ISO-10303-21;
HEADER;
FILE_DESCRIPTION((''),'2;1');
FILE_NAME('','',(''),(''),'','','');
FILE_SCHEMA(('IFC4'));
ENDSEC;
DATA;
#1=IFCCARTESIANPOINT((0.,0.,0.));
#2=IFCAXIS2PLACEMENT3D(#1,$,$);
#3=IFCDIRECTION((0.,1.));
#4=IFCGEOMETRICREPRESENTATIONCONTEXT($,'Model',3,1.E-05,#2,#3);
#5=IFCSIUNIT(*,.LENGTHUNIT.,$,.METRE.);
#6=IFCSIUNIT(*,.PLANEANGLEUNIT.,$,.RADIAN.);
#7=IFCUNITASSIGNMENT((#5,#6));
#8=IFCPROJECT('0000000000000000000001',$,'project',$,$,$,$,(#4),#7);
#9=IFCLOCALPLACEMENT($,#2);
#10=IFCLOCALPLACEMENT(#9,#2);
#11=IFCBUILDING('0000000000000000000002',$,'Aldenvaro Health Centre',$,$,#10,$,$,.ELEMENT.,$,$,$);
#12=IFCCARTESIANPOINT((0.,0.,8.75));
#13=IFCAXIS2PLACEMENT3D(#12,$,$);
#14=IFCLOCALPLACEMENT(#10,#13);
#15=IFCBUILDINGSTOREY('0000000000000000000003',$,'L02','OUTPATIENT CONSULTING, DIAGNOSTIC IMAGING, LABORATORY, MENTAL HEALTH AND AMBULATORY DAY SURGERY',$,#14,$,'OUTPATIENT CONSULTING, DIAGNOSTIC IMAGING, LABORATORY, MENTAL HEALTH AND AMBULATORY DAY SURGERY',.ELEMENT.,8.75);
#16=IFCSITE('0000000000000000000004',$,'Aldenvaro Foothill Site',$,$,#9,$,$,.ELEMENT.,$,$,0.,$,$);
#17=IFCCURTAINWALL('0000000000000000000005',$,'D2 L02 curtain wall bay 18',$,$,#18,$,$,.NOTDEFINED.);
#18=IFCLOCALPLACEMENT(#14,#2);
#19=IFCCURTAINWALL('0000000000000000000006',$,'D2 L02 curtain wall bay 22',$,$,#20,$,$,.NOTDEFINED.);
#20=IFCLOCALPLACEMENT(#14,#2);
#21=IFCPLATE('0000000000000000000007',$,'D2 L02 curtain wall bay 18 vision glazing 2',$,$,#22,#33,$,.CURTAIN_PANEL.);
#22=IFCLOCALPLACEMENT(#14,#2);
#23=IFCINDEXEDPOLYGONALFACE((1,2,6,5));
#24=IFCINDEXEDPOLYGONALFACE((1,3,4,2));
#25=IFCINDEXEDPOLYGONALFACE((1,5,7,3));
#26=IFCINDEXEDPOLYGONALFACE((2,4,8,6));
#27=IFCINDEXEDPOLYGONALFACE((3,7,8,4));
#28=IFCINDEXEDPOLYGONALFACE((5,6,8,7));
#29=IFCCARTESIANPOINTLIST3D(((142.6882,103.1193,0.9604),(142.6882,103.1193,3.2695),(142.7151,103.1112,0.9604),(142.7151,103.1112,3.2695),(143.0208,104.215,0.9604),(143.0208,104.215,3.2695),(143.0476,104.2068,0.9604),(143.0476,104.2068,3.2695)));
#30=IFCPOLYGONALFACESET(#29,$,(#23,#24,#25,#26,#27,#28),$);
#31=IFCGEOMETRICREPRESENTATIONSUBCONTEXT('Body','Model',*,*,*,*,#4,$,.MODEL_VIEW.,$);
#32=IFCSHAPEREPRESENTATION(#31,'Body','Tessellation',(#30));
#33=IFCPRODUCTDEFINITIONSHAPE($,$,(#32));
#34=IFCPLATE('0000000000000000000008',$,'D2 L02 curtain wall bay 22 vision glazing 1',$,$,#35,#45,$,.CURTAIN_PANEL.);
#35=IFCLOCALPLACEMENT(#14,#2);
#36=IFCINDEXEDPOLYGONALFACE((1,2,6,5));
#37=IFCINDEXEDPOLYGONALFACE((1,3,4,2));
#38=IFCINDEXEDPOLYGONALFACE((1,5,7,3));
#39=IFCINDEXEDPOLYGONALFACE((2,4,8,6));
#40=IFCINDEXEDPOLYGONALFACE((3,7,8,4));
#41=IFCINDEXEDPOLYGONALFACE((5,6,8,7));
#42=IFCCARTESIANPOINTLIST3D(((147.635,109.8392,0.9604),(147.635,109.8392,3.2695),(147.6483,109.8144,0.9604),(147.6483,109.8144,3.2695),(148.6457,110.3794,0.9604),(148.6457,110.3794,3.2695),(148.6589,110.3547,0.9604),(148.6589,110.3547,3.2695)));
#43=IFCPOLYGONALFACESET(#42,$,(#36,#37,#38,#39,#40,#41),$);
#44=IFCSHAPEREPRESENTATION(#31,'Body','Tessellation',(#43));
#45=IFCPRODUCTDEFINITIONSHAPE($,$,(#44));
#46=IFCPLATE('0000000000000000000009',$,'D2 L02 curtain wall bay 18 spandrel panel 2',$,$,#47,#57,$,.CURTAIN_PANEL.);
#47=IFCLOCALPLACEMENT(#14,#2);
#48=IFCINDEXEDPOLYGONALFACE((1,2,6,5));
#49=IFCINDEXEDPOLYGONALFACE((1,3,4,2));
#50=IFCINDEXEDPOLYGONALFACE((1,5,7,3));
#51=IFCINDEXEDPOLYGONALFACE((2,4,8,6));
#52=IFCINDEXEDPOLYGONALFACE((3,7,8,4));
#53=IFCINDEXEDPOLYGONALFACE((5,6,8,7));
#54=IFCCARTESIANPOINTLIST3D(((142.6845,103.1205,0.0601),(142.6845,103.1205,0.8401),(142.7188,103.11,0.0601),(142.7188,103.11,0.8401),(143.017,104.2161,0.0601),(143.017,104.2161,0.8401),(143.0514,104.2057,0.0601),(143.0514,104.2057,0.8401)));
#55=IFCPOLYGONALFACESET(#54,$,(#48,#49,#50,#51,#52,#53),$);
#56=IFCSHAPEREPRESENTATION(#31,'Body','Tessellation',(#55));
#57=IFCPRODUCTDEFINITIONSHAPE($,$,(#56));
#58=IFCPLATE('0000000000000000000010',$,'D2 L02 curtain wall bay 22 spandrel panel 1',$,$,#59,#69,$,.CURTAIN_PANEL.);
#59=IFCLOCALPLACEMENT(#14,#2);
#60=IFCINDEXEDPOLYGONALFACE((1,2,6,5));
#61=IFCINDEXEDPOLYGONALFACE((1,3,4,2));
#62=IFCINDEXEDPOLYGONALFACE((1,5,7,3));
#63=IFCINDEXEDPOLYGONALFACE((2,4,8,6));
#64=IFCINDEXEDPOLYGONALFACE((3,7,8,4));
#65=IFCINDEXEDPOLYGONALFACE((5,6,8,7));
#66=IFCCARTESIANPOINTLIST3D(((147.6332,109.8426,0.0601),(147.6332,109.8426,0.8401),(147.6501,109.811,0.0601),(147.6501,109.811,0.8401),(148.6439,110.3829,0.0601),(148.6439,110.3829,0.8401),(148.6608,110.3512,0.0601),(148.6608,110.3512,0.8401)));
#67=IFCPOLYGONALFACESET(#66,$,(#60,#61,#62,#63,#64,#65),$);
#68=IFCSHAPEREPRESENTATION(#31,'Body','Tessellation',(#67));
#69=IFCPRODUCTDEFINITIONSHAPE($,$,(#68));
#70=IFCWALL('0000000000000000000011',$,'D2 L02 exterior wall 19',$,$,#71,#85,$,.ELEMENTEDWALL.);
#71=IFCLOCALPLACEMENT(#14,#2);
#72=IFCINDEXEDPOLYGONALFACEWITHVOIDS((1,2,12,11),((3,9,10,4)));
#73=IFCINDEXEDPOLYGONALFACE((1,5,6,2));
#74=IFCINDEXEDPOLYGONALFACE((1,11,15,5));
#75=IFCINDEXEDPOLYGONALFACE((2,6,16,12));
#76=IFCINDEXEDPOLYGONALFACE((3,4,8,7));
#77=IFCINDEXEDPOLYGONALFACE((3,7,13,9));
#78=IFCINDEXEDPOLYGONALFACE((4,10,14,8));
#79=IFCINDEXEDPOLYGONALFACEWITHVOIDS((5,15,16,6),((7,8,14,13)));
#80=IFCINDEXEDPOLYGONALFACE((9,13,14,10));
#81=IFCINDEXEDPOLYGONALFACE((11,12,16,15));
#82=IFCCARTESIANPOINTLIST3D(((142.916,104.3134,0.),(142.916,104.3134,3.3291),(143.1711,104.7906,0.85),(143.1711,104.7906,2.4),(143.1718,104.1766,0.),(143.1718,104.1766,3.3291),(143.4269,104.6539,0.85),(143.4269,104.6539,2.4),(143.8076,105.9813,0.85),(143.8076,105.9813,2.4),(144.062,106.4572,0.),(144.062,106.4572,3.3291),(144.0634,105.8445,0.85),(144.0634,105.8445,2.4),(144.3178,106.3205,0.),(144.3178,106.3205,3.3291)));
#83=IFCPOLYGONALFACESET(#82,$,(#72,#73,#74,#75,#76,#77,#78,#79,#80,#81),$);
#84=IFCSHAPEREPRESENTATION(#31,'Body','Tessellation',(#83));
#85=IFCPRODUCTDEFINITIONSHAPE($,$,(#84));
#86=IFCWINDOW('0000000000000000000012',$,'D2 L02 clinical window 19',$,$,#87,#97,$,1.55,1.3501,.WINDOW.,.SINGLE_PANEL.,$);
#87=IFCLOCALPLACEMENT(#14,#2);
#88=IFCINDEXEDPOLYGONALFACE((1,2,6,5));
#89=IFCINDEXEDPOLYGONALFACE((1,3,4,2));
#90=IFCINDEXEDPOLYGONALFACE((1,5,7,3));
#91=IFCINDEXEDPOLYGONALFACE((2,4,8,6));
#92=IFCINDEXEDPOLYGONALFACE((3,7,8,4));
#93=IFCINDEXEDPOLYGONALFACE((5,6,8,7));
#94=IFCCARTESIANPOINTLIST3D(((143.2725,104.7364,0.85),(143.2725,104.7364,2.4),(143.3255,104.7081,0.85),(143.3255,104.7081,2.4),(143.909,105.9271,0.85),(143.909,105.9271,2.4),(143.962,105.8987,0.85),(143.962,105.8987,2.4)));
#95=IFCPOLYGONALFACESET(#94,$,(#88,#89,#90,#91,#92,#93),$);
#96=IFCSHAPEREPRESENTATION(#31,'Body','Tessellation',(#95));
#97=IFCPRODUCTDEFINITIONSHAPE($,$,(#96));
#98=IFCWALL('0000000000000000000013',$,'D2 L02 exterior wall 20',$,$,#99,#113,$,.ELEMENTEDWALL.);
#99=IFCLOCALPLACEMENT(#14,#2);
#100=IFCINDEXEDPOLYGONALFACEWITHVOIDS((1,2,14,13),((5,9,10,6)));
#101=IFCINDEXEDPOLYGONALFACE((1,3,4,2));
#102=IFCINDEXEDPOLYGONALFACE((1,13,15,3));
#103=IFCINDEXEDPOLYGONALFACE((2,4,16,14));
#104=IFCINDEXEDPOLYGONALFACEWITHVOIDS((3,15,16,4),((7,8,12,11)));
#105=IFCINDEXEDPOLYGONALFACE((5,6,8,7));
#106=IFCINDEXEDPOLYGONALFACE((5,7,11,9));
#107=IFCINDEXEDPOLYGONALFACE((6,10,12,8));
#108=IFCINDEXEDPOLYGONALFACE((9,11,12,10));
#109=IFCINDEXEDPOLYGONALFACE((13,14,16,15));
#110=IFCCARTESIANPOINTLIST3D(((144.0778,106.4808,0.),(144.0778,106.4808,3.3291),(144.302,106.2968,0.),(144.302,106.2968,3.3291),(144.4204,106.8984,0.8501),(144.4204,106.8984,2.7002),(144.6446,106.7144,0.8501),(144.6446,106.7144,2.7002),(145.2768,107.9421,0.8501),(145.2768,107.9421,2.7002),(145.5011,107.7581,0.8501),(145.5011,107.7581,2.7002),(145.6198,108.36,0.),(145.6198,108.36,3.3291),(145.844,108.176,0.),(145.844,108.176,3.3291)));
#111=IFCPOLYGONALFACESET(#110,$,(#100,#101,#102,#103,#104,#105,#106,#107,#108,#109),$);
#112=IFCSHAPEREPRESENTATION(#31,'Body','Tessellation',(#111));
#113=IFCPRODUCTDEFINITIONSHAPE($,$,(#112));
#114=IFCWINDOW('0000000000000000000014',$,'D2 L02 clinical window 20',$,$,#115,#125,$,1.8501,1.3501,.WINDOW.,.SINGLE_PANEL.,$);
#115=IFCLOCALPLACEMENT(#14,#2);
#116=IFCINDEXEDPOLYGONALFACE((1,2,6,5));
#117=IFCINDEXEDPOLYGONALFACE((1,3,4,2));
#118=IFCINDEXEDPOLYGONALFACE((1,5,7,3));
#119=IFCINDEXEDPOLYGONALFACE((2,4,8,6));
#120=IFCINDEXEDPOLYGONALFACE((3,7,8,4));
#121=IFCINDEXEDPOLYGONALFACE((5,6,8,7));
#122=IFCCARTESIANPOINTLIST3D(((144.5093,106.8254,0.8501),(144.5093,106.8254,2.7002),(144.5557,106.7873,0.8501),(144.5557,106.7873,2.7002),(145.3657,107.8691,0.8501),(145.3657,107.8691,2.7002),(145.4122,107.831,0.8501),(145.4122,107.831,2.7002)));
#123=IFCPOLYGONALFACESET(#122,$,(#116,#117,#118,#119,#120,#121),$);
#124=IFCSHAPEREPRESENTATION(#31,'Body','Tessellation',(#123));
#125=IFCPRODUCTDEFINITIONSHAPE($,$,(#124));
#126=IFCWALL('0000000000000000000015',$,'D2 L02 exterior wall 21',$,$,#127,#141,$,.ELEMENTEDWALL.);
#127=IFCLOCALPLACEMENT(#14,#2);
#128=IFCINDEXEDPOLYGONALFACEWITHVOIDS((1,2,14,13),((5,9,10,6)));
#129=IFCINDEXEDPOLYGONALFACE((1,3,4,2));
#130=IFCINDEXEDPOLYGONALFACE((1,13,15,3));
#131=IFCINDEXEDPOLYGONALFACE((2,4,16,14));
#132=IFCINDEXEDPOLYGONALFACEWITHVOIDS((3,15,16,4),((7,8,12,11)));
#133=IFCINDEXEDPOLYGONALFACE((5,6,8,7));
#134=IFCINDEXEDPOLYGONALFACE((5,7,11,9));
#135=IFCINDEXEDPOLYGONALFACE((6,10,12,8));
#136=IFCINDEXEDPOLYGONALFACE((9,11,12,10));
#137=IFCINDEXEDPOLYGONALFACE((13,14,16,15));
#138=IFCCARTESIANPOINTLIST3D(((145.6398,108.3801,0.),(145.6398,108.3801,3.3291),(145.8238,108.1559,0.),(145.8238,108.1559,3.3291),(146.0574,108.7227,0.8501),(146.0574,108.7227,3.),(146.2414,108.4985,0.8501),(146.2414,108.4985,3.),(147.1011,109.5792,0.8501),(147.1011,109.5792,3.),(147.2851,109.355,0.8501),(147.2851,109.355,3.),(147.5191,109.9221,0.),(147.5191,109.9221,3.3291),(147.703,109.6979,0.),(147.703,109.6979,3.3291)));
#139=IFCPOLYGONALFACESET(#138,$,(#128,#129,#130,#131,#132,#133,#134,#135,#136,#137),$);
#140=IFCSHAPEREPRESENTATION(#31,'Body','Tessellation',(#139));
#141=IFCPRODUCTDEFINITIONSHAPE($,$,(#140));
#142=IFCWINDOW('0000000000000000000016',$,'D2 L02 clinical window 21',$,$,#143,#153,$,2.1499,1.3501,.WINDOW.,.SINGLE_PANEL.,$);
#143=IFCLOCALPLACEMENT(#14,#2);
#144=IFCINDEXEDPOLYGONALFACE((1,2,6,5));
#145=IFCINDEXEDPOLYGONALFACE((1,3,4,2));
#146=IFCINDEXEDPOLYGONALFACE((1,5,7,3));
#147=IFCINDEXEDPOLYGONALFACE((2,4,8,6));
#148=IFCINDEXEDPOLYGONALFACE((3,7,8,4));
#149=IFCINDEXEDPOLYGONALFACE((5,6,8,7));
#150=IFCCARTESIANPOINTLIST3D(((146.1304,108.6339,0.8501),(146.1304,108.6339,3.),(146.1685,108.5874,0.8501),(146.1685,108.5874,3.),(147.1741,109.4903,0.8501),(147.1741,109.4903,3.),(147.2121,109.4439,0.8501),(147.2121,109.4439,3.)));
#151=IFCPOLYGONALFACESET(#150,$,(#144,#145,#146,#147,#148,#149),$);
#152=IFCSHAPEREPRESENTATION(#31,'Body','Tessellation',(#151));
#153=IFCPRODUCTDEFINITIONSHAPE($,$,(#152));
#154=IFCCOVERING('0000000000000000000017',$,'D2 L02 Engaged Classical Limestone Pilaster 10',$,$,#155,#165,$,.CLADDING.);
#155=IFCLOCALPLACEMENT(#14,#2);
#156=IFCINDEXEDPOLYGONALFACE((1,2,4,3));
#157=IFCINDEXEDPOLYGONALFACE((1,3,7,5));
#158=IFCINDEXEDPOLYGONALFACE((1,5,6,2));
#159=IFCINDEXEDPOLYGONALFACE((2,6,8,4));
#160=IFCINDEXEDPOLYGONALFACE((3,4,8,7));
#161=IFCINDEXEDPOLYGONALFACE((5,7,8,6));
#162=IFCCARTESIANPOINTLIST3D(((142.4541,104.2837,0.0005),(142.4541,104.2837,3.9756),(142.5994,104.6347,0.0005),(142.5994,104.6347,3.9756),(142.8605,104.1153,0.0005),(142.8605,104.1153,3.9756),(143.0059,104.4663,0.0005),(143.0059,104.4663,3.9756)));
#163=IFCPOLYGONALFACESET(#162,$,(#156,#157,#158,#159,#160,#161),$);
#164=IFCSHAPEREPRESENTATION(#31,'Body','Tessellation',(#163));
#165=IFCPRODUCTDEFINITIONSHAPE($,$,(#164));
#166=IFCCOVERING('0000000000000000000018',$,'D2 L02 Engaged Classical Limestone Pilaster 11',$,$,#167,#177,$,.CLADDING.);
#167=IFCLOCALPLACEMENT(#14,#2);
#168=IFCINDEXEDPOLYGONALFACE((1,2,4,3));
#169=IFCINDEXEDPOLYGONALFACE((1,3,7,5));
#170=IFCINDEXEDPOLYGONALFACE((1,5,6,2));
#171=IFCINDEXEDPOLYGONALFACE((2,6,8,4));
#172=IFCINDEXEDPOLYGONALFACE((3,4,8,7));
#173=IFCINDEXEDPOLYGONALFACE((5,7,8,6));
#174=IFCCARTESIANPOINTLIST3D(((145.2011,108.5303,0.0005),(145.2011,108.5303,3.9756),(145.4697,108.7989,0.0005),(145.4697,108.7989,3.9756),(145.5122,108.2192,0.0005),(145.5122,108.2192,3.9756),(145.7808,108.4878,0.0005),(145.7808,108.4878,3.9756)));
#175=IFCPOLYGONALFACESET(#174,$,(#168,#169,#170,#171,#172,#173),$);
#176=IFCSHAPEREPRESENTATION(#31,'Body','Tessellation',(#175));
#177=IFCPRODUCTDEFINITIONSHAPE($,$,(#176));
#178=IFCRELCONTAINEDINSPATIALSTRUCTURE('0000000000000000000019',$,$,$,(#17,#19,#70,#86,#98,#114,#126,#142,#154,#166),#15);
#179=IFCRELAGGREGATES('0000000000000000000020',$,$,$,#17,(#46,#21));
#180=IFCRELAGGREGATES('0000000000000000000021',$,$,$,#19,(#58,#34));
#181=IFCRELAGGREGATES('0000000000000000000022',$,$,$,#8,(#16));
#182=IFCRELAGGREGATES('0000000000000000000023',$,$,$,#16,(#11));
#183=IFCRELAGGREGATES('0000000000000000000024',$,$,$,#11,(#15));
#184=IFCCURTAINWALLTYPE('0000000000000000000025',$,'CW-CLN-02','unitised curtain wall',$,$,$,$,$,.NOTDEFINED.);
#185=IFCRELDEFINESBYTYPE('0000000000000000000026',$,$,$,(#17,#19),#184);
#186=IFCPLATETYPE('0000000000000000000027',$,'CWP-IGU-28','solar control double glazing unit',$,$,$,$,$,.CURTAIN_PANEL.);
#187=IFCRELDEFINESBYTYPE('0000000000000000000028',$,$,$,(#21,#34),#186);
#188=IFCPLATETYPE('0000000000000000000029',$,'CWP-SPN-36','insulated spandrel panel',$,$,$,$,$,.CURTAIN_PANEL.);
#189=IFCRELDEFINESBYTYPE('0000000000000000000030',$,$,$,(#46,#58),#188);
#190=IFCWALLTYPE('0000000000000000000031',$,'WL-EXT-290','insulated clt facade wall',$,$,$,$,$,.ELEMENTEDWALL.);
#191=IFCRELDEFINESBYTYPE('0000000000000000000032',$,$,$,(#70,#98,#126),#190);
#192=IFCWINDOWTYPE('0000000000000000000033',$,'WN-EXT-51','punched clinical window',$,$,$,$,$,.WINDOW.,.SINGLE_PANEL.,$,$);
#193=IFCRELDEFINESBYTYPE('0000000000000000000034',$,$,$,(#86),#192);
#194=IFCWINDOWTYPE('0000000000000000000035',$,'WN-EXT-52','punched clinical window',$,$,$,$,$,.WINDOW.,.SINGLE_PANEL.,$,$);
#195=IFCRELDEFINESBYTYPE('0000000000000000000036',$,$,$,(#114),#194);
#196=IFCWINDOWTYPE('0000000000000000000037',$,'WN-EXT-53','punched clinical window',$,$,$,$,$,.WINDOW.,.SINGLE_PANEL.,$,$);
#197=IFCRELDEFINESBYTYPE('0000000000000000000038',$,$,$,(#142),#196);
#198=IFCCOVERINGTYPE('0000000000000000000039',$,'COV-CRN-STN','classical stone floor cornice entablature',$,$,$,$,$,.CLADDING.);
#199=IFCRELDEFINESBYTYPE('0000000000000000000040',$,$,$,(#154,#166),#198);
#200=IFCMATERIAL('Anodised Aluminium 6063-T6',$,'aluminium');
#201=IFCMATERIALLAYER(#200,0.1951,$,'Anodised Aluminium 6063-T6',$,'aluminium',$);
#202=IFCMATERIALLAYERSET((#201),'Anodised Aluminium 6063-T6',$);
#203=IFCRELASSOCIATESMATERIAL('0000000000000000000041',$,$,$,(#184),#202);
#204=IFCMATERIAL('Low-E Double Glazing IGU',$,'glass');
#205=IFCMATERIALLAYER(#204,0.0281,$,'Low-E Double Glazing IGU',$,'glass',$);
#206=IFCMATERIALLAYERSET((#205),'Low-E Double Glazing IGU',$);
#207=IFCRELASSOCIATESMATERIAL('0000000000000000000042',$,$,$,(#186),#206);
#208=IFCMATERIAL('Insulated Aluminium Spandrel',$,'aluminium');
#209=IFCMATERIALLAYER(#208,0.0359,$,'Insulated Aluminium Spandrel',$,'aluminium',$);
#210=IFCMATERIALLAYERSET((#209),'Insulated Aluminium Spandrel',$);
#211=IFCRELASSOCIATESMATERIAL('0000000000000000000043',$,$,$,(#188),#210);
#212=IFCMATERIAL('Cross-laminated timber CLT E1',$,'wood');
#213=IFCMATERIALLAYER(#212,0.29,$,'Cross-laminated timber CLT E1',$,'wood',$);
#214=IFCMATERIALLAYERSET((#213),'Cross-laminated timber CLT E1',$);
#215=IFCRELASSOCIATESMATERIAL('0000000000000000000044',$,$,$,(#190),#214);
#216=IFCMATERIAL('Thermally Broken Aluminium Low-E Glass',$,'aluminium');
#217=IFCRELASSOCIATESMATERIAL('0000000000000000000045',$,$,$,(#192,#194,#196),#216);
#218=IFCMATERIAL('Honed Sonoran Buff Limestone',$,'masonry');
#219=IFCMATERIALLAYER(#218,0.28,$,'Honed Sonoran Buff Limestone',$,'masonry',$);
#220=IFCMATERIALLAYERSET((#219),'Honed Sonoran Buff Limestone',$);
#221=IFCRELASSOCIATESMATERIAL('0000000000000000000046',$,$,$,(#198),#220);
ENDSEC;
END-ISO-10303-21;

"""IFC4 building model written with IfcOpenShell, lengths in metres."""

from ifc_helpers import new_model, si_unit, direction, frame, frame_2d, origin, origin_2d, place, context, subcontext, project, spatial, rectangle, extrude, material, layer, layer_set, type_object, element, fill, aggregate, save


model = new_model("IFC4")

# Units and contexts
model_context = context("Model", 3, precision=1e-05, world=origin(), true_north=direction((0.0, 1.0)))
body_context = subcontext(model_context, "Body", "Model", "MODEL_VIEW")
ifc_project = project(units=[si_unit("LENGTHUNIT", "METRE"), si_unit("PLANEANGLEUNIT", "RADIAN")], contexts=[model_context])

# Site, building, storey
site_placement = place(None, origin())
site = spatial("IfcSite", under=ifc_project, at=site_placement, Name="Aldenvaro Foothill Site", CompositionType="ELEMENT", RefElevation=0.0)
building_placement = place(site_placement, origin())
building = spatial("IfcBuilding", under=site, at=building_placement, Name="Aldenvaro Health Centre", CompositionType="ELEMENT")
storey_placement = place(building_placement, frame((0.0, 0.0, 8.75)))
storey = spatial("IfcBuildingStorey", under=building, at=storey_placement, Name="L02", Description="OUTPATIENT CONSULTING, DIAGNOSTIC IMAGING, LABORATORY, MENTAL HEALTH AND AMBULATORY DAY SURGERY", LongName="OUTPATIENT CONSULTING, DIAGNOSTIC IMAGING, LABORATORY, MENTAL HEALTH AND AMBULATORY DAY SURGERY", CompositionType="ELEMENT", Elevation=8.75)

# Curtain walls
ifc_material_1 = material(Name="Anodised Aluminium 6063-T6", Category="aluminium")
ifc_layer_1 = layer(ifc_material_1, 0.1951, Name="Anodised Aluminium 6063-T6", Category="aluminium")
ifc_layer_set_1 = layer_set([ifc_layer_1], Name="Anodised Aluminium 6063-T6")
curtain_wall_type = type_object("IfcCurtainWallType", Name="CW-CLN-02", Description="unitised curtain wall", PredefinedType="NOTDEFINED", material=ifc_layer_set_1)
curtain_wall_1_placement = place(storey_placement, origin())
curtain_wall_1 = element("IfcCurtainWall", 1, at=curtain_wall_1_placement, inside=storey, type_object=curtain_wall_type, Name="D2 L02 curtain wall bay 18", PredefinedType="NOTDEFINED")
curtain_wall_2_placement = place(storey_placement, origin())
curtain_wall_2 = element("IfcCurtainWall", 2, at=curtain_wall_2_placement, inside=storey, type_object=curtain_wall_type, Name="D2 L02 curtain wall bay 22", PredefinedType="NOTDEFINED")

# Plates
ifc_material_2 = material(Name="Low-E Double Glazing IGU", Category="glass")
ifc_layer_2 = layer(ifc_material_2, 0.0281, Name="Low-E Double Glazing IGU", Category="glass")
ifc_layer_set_2 = layer_set([ifc_layer_2], Name="Low-E Double Glazing IGU")
plate_type_1 = type_object("IfcPlateType", Name="CWP-IGU-28", Description="solar control double glazing unit", PredefinedType="CURTAIN_PANEL", material=ifc_layer_set_2)
plate_1_placement = place(storey_placement, frame((142.8679, 103.6631, 0.9604), z_axis=(0.0, 0.0, 1.0), x_axis=(0.290441, 0.956893, 0.0)))
plate_1 = element("IfcPlate", 3, at=plate_1_placement, type_object=plate_type_1, Name="D2 L02 curtain wall bay 18 vision glazing 2", PredefinedType="CURTAIN_PANEL", context=body_context, shape_type="SweptSolid", body=[
    extrude(rectangle(XDim=1.145, YDim=0.0281, at=origin_2d()), origin(), (0.0, 0.0, 1.0), 2.3091),
])
plate_2_placement = place(storey_placement, frame((148.147, 110.0969, 0.9604), z_axis=(0.0, 0.0, 1.0), x_axis=(0.88192, 0.471399, 0.0)))
plate_2 = element("IfcPlate", 4, at=plate_2_placement, type_object=plate_type_1, Name="D2 L02 curtain wall bay 22 vision glazing 1", PredefinedType="CURTAIN_PANEL", context=body_context, shape_type="SweptSolid", body=[
    extrude(rectangle(XDim=1.146, YDim=0.0281, at=origin_2d()), origin(), (0.0, 0.0, 1.0), 2.3091),
])
ifc_material_3 = material(Name="Insulated Aluminium Spandrel", Category="aluminium")
ifc_layer_3 = layer(ifc_material_3, 0.0359, Name="Insulated Aluminium Spandrel", Category="aluminium")
ifc_layer_set_3 = layer_set([ifc_layer_3], Name="Insulated Aluminium Spandrel")
plate_type_2 = type_object("IfcPlateType", Name="CWP-SPN-36", Description="insulated spandrel panel", PredefinedType="CURTAIN_PANEL", material=ifc_layer_set_3)
plate_3_placement = place(storey_placement, frame((142.8679, 103.6631, 0.0601), z_axis=(0.0, 0.0, 1.0), x_axis=(0.290441, 0.956893, 0.0)))
plate_3 = element("IfcPlate", 5, at=plate_3_placement, type_object=plate_type_2, Name="D2 L02 curtain wall bay 18 spandrel panel 2", PredefinedType="CURTAIN_PANEL", context=body_context, shape_type="SweptSolid", body=[
    extrude(rectangle(XDim=1.145, YDim=0.0359, at=origin_2d()), origin(), (0.0, 0.0, 1.0), 0.78),
])
aggregate(curtain_wall_1, [plate_3, plate_1])
plate_4_placement = place(storey_placement, frame((148.147, 110.0969, 0.0601), z_axis=(0.0, 0.0, 1.0), x_axis=(0.88192, 0.471399, 0.0)))
plate_4 = element("IfcPlate", 6, at=plate_4_placement, type_object=plate_type_2, Name="D2 L02 curtain wall bay 22 spandrel panel 1", PredefinedType="CURTAIN_PANEL", context=body_context, shape_type="SweptSolid", body=[
    extrude(rectangle(XDim=1.146, YDim=0.0359, at=origin_2d()), origin(), (0.0, 0.0, 1.0), 0.78),
])
aggregate(curtain_wall_2, [plate_4, plate_2])

# Walls, openings, windows
ifc_material_4 = material(Name="Cross-laminated timber CLT E1", Category="wood")
ifc_layer_4 = layer(ifc_material_4, 0.29, Name="Cross-laminated timber CLT E1", Category="wood")
ifc_layer_set_4 = layer_set([ifc_layer_4], Name="Cross-laminated timber CLT E1")
wall_type = type_object("IfcWallType", Name="WL-EXT-290", Description="insulated clt facade wall", PredefinedType="ELEMENTEDWALL", material=ifc_layer_set_4)
wall_1_placement = place(storey_placement, frame((143.0439, 104.2451, 0.0), z_axis=(0.0, 0.0, 1.0), x_axis=(0.471432, 0.881902, 0.0)))
wall_1 = element("IfcWall", 7, at=wall_1_placement, inside=storey, type_object=wall_type, Name="D2 L02 exterior wall 19", PredefinedType="ELEMENTEDWALL", context=body_context, shape_type="SweptSolid", body=[
    extrude(rectangle(XDim=2.4309, YDim=0.29, at=frame_2d((1.2153, 0.0))), origin(), (0.0, 0.0, 1.0), 3.3291),
])
opening_1_placement = place(wall_1_placement, frame((0.541, 0.0, 0.8501)))
opening_1 = element("IfcOpeningElement", 8, at=opening_1_placement, cuts=wall_1, PredefinedType="OPENING", context=body_context, shape_type="SweptSolid", body=[
    extrude(rectangle(XDim=1.3501, YDim=1.55, at=frame_2d((0.675, 0.7749))), frame((0.0, 0.155, 0.0), z_axis=(0.0, -1.0, 0.0), x_axis=(1.0, 0.0, 0.0)), (0.0, 0.0, 1.0), 0.3101),
])
ifc_material_5 = material(Name="Thermally Broken Aluminium Low-E Glass", Category="aluminium")
window_type_1 = type_object("IfcWindowType", Name="WN-EXT-51", Description="punched clinical window", PartitioningType="SINGLE_PANEL", PredefinedType="WINDOW", material=ifc_material_5)
window_1_placement = place(opening_1_placement, origin())
window_1 = element("IfcWindow", 9, at=window_1_placement, inside=storey, type_object=window_type_1, Name="D2 L02 clinical window 19", OverallHeight=1.55, OverallWidth=1.3501, PartitioningType="SINGLE_PANEL", PredefinedType="WINDOW", context=body_context, shape_type="SweptSolid", body=[
    extrude(rectangle(XDim=1.3501, YDim=1.55, at=frame_2d((0.675, 0.7749))), frame((0.0, 0.03, 0.0), z_axis=(0.0, -1.0, 0.0), x_axis=(1.0, 0.0, 0.0)), (0.0, 0.0, 1.0), 0.0601),
])
fill(opening_1, window_1)
wall_2_placement = place(storey_placement, frame((144.1899, 106.3889, 0.0), z_axis=(0.0, 0.0, 1.0), x_axis=(0.634347, 0.773048, 0.0)))
wall_2 = element("IfcWall", 10, at=wall_2_placement, inside=storey, type_object=wall_type, Name="D2 L02 exterior wall 20", PredefinedType="ELEMENTEDWALL", context=body_context, shape_type="SweptSolid", body=[
    extrude(rectangle(XDim=2.4309, YDim=0.29, at=frame_2d((1.2153, 0.0))), origin(), (0.0, 0.0, 1.0), 3.3291),
])
opening_2_placement = place(wall_2_placement, frame((0.54, 0.0, 0.8501)))
opening_2 = element("IfcOpeningElement", 11, at=opening_2_placement, cuts=wall_2, PredefinedType="OPENING", context=body_context, shape_type="SweptSolid", body=[
    extrude(rectangle(XDim=1.3501, YDim=1.8501, at=frame_2d((0.675, 0.925))), frame((0.0, 0.155, 0.0), z_axis=(0.0, -1.0, 0.0), x_axis=(1.0, 0.0, 0.0)), (0.0, 0.0, 1.0), 0.3101),
])
window_type_2 = type_object("IfcWindowType", Name="WN-EXT-52", Description="punched clinical window", PartitioningType="SINGLE_PANEL", PredefinedType="WINDOW", material=ifc_material_5)
window_2_placement = place(opening_2_placement, origin())
window_2 = element("IfcWindow", 12, at=window_2_placement, inside=storey, type_object=window_type_2, Name="D2 L02 clinical window 20", OverallHeight=1.8501, OverallWidth=1.3501, PartitioningType="SINGLE_PANEL", PredefinedType="WINDOW", context=body_context, shape_type="SweptSolid", body=[
    extrude(rectangle(XDim=1.3501, YDim=1.8501, at=frame_2d((0.675, 0.925))), frame((0.0, 0.03, 0.0), z_axis=(0.0, -1.0, 0.0), x_axis=(1.0, 0.0, 0.0)), (0.0, 0.0, 1.0), 0.0601),
])
fill(opening_2, window_2)
wall_3_placement = place(storey_placement, frame((145.7319, 108.2681, 0.0), z_axis=(0.0, 0.0, 1.0), x_axis=(0.773048, 0.634347, 0.0)))
wall_3 = element("IfcWall", 13, at=wall_3_placement, inside=storey, type_object=wall_type, Name="D2 L02 exterior wall 21", PredefinedType="ELEMENTEDWALL", context=body_context, shape_type="SweptSolid", body=[
    extrude(rectangle(XDim=2.4309, YDim=0.29, at=frame_2d((1.2153, 0.0))), origin(), (0.0, 0.0, 1.0), 3.3291),
])
opening_3_placement = place(wall_3_placement, frame((0.54, 0.0, 0.8501)))
opening_3 = element("IfcOpeningElement", 14, at=opening_3_placement, cuts=wall_3, PredefinedType="OPENING", context=body_context, shape_type="SweptSolid", body=[
    extrude(rectangle(XDim=1.3501, YDim=2.1499, at=frame_2d((0.675, 1.075))), frame((0.0, 0.155, 0.0), z_axis=(0.0, -1.0, 0.0), x_axis=(1.0, 0.0, 0.0)), (0.0, 0.0, 1.0), 0.3101),
])
window_type_3 = type_object("IfcWindowType", Name="WN-EXT-53", Description="punched clinical window", PartitioningType="SINGLE_PANEL", PredefinedType="WINDOW", material=ifc_material_5)
window_3_placement = place(opening_3_placement, origin())
window_3 = element("IfcWindow", 15, at=window_3_placement, inside=storey, type_object=window_type_3, Name="D2 L02 clinical window 21", OverallHeight=2.1499, OverallWidth=1.3501, PartitioningType="SINGLE_PANEL", PredefinedType="WINDOW", context=body_context, shape_type="SweptSolid", body=[
    extrude(rectangle(XDim=1.3501, YDim=2.1499, at=frame_2d((0.675, 1.075))), frame((0.0, 0.03, 0.0), z_axis=(0.0, -1.0, 0.0), x_axis=(1.0, 0.0, 0.0)), (0.0, 0.0, 1.0), 0.0601),
])
fill(opening_3, window_3)

# Coverings
ifc_material_6 = material(Name="Honed Sonoran Buff Limestone", Category="masonry")
ifc_layer_5 = layer(ifc_material_6, 0.28, Name="Honed Sonoran Buff Limestone", Category="masonry")
ifc_layer_set_5 = layer_set([ifc_layer_5], Name="Honed Sonoran Buff Limestone")
covering_type = type_object("IfcCoveringType", Name="COV-CRN-STN", Description="classical stone floor cornice entablature", PredefinedType="CLADDING", material=ifc_layer_set_5)
for number, where, z_axis, x_axis, name in (
    (16, (142.73, 104.375, 0.0005), (0.0, 0.0, 1.0), (-0.923886, 0.382668, 0.0), "D2 L02 Engaged Classical Limestone Pilaster 10"),
    (17, (145.491, 108.509, 0.0005), (0.0, 0.0, 1.0), (-0.707107, 0.707107, 0.0), "D2 L02 Engaged Classical Limestone Pilaster 11"),
):
    element("IfcCovering", number, at=place(storey_placement, frame(where, z_axis=z_axis, x_axis=x_axis)), inside=storey, type_object=covering_type, Name=name, PredefinedType="CLADDING", context=body_context, shape_type="SweptSolid", body=[
        extrude(rectangle(XDim=0.4399, YDim=0.3799, at=origin_2d()), origin(), (0.0, 0.0, 1.0), 3.9751),
    ])

save(model, "model.ifc")
